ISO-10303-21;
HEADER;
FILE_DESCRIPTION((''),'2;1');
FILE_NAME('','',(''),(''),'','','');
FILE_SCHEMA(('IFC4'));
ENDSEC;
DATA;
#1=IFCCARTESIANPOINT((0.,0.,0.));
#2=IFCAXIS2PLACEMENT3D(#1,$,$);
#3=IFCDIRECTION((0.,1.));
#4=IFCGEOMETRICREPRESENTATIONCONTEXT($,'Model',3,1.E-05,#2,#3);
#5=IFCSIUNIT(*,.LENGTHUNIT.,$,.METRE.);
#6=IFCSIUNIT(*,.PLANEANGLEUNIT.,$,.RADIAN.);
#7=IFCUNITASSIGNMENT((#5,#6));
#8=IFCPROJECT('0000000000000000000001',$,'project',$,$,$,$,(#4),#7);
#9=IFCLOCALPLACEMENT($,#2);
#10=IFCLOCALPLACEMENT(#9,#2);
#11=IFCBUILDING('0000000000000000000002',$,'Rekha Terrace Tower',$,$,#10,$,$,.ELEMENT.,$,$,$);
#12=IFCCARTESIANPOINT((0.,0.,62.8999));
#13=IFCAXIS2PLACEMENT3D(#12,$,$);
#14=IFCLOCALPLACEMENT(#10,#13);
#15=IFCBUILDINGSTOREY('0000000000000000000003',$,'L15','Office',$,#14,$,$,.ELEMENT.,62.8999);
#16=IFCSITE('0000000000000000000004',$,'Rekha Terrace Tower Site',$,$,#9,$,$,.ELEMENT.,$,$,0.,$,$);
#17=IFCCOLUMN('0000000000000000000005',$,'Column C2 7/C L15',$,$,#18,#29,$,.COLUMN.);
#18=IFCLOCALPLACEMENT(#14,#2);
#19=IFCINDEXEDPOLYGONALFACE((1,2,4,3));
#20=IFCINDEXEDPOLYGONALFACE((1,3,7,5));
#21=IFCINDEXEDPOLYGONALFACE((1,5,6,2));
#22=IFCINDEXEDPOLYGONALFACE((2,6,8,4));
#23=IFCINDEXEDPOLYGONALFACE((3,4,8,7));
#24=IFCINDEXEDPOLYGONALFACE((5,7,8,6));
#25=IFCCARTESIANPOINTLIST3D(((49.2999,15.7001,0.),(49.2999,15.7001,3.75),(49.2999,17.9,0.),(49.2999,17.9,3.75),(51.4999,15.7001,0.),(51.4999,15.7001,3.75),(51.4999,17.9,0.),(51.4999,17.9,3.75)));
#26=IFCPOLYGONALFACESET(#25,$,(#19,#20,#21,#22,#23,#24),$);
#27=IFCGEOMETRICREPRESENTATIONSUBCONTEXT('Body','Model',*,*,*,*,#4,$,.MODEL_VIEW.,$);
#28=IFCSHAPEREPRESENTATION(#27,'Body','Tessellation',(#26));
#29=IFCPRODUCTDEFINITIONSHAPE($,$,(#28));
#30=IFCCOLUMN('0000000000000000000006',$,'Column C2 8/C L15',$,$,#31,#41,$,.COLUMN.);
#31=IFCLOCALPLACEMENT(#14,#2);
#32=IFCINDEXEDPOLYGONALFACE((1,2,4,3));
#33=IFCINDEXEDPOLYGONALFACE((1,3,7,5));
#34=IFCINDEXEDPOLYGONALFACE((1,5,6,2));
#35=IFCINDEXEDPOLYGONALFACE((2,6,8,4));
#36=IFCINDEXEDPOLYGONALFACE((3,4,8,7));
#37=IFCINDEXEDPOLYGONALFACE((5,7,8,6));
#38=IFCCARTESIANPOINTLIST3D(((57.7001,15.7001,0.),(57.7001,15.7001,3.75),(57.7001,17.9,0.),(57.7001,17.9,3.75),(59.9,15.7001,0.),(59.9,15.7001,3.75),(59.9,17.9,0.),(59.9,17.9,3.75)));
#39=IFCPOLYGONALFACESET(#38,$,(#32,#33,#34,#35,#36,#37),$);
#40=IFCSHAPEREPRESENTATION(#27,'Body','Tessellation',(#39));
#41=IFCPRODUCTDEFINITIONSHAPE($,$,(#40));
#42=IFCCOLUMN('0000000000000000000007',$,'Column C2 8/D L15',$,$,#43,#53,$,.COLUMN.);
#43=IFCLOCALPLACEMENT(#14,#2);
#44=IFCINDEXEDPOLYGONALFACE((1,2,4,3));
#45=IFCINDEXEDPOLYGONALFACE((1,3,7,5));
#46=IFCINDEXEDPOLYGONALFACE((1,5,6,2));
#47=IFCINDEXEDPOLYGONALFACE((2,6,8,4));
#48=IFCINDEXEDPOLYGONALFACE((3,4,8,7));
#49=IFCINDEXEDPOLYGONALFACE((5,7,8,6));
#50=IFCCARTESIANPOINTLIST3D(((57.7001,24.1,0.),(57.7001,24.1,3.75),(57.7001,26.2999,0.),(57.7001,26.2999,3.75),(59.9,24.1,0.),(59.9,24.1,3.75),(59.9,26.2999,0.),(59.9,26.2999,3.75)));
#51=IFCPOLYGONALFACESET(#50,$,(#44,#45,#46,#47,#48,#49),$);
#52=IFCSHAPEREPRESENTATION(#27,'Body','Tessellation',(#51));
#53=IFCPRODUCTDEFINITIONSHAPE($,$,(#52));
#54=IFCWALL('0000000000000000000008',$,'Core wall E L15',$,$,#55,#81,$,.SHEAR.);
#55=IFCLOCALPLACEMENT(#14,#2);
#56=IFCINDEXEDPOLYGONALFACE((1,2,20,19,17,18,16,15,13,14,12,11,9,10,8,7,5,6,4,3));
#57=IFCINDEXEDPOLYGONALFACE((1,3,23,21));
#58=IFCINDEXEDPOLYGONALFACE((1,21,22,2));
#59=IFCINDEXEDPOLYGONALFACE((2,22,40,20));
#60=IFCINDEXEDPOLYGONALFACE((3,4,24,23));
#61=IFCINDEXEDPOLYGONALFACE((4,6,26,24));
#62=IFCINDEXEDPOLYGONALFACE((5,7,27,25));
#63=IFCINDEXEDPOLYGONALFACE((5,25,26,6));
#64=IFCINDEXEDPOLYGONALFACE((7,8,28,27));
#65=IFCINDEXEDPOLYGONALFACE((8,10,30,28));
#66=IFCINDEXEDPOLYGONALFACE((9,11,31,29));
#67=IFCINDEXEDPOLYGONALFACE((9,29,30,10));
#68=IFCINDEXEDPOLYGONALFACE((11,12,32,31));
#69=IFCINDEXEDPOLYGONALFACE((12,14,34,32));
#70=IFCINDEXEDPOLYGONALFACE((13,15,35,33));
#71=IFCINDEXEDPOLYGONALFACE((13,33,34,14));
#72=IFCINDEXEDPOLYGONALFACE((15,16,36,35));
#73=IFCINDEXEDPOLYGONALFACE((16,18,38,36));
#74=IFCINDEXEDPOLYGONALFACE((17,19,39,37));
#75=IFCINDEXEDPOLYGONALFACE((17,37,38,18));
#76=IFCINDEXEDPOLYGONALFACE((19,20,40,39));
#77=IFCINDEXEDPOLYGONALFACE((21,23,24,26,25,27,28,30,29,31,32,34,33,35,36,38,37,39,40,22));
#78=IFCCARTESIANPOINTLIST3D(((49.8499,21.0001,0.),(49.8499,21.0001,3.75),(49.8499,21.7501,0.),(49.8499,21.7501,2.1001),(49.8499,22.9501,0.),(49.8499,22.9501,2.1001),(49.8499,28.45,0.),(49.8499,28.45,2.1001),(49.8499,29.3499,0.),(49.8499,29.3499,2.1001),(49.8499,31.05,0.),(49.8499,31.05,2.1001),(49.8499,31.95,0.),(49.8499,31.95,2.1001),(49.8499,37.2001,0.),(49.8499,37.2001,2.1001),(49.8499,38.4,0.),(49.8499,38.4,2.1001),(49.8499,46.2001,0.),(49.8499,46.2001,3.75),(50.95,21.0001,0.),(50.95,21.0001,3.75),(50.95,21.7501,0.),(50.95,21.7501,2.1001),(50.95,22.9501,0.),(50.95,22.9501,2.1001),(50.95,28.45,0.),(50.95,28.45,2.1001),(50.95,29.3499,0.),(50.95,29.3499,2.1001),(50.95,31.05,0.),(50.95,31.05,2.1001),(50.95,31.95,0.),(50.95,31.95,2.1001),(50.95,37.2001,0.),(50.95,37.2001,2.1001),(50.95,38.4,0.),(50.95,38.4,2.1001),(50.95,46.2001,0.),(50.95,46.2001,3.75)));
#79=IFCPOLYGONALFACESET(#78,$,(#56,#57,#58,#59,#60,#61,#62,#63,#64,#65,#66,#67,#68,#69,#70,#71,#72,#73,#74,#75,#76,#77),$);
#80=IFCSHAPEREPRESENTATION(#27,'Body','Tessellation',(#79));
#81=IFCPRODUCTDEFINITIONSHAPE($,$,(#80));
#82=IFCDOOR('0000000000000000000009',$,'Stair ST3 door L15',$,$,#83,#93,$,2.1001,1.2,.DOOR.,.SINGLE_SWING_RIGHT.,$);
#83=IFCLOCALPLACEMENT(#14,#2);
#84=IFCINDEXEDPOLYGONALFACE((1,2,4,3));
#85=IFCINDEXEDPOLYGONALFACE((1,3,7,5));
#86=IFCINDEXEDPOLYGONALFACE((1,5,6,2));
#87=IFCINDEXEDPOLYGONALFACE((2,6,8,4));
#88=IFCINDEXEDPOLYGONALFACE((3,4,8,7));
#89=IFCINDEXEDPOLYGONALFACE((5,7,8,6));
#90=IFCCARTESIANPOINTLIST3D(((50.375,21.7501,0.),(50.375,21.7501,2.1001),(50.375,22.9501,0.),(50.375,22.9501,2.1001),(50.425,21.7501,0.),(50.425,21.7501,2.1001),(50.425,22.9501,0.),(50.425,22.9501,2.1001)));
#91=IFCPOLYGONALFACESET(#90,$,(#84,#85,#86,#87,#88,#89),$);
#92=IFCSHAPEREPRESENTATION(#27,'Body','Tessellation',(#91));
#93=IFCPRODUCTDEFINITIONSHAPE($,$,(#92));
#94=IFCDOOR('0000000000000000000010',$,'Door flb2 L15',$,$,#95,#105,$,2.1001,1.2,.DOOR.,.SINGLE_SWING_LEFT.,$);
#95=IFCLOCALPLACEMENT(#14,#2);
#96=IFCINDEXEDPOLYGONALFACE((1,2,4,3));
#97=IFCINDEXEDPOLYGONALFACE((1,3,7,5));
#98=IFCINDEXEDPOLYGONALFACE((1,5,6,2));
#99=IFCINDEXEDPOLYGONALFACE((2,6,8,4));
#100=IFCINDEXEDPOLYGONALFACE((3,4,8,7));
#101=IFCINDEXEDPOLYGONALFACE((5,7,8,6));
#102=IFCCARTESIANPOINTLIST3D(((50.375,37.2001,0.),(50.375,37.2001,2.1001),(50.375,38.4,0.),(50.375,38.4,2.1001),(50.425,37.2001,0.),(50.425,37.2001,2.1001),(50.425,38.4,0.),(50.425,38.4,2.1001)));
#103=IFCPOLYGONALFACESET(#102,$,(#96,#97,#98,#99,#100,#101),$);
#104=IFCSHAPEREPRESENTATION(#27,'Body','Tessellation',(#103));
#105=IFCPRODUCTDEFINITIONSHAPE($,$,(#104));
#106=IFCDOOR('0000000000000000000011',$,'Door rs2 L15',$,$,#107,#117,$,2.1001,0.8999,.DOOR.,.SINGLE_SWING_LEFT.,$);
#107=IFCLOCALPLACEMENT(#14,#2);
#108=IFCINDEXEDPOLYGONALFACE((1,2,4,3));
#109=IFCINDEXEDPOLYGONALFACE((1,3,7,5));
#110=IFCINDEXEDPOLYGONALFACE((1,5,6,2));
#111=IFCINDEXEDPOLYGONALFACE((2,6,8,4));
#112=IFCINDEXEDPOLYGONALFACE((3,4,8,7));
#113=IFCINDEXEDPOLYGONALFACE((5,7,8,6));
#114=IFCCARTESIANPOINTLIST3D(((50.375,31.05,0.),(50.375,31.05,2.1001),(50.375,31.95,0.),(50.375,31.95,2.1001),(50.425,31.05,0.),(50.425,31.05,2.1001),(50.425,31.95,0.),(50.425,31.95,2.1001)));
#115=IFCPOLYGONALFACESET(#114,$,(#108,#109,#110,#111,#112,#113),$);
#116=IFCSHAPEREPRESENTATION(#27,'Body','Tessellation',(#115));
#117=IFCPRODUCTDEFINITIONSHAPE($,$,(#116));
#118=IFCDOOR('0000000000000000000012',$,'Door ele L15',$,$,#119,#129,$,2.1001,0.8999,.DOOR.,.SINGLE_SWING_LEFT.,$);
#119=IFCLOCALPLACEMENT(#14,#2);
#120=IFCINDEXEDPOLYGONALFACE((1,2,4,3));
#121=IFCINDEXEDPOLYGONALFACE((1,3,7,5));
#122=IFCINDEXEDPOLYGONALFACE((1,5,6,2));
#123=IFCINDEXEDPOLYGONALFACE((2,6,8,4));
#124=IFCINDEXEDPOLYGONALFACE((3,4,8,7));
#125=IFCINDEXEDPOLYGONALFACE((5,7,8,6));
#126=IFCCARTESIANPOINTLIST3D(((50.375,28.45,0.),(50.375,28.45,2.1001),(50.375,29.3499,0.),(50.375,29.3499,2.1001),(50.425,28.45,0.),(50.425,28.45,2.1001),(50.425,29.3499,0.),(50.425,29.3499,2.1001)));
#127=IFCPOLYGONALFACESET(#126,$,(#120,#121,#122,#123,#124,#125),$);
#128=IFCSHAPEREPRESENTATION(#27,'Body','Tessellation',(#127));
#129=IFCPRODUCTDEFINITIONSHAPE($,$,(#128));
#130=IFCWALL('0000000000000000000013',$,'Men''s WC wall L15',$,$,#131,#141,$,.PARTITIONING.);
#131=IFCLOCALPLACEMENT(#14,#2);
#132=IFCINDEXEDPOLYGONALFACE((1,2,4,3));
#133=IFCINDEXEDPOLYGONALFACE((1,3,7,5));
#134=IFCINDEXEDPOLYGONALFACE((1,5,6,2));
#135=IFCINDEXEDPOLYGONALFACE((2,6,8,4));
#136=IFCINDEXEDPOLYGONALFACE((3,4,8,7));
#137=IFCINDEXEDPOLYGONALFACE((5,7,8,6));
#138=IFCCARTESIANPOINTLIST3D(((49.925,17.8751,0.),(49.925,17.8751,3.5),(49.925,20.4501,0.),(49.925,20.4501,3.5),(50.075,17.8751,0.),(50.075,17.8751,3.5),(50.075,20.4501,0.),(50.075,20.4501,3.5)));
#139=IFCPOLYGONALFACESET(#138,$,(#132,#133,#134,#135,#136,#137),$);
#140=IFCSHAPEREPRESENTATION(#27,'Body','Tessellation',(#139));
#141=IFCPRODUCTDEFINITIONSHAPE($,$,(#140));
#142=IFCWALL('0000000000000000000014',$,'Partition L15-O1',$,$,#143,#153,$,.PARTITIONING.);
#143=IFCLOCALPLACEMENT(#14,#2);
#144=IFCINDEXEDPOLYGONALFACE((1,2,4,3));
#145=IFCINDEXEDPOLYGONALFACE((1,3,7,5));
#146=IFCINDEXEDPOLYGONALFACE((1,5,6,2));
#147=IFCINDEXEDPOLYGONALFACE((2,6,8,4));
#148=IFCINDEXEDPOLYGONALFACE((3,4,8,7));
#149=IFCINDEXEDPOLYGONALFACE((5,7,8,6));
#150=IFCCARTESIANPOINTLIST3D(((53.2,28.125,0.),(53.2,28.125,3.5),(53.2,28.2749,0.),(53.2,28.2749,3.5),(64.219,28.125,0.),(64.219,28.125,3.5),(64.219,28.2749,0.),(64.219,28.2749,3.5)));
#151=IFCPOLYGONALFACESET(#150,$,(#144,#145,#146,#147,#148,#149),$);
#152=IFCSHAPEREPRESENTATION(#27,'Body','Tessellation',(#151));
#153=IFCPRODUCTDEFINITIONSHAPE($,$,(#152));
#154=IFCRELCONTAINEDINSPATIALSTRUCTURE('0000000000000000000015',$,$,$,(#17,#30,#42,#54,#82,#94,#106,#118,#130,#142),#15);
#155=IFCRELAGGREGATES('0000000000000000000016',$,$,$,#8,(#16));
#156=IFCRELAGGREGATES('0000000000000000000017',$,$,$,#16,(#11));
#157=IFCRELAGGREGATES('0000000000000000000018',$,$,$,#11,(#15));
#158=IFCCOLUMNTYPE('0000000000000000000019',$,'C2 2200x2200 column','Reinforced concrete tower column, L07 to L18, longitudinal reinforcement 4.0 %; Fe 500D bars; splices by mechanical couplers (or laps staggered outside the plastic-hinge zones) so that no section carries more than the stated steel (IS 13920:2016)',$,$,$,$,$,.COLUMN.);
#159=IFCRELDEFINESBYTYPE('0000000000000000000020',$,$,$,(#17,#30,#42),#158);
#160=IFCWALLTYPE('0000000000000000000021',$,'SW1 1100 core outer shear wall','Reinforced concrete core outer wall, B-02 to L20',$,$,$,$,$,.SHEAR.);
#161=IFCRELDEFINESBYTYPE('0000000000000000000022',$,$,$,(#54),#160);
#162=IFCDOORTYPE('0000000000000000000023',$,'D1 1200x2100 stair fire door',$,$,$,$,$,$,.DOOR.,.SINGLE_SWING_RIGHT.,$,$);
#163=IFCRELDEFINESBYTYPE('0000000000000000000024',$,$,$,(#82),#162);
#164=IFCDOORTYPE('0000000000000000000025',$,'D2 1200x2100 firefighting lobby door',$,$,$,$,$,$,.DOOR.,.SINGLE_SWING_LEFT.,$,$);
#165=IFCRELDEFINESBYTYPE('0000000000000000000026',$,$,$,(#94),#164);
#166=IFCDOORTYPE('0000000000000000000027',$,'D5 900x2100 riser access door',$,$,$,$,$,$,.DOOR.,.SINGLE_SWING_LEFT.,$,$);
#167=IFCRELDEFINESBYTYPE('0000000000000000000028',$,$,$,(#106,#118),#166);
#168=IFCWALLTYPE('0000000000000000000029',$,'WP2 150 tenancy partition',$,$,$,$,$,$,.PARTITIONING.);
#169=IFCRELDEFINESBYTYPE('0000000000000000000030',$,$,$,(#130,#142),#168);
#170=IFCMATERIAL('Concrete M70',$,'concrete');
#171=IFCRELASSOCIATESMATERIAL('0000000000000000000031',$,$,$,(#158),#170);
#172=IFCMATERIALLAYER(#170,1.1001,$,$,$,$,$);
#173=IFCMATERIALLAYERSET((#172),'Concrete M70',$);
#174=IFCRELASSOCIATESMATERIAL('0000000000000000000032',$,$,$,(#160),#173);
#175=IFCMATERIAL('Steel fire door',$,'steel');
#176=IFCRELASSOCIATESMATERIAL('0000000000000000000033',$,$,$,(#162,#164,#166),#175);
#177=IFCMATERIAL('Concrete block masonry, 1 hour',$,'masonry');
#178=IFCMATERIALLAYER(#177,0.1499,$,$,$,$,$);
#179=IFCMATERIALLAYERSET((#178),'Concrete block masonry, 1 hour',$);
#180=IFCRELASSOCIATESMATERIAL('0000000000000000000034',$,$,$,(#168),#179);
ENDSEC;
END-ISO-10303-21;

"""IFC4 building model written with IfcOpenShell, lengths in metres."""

from ifc_helpers import new_model, si_unit, direction, frame, frame_2d, origin, origin_2d, place, context, subcontext, project, spatial, rectangle, extrude, material, layer, layer_set, material_profile, profile_set, type_object, element, fill, save


model = new_model("IFC4")

# Units and contexts
model_context = context("Model", 3, precision=1e-05, world=origin(), true_north=direction((0.0, 1.0)))
body_context = subcontext(model_context, "Body", "Model", "MODEL_VIEW")
ifc_project = project(units=[si_unit("LENGTHUNIT", "METRE"), si_unit("PLANEANGLEUNIT", "RADIAN")], contexts=[model_context])

# Site, building, storey
site_placement = place(None, origin())
site = spatial("IfcSite", under=ifc_project, at=site_placement, Name="Rekha Terrace Tower Site", CompositionType="ELEMENT", RefElevation=0.0)
building_placement = place(site_placement, origin())
building = spatial("IfcBuilding", under=site, at=building_placement, Name="Rekha Terrace Tower", CompositionType="ELEMENT")
storey_placement = place(building_placement, frame((0.0, 0.0, 62.8999)))
storey = spatial("IfcBuildingStorey", under=building, at=storey_placement, Name="L15", Description="Office", CompositionType="ELEMENT", Elevation=62.8999)

# Columns
ifc_material_1 = material(Name="Concrete M70", Category="concrete")
ifc_material_profile = material_profile(ifc_material_1, rectangle(XDim=2.2, YDim=2.2, at=origin_2d()), Name="RC 2200x2200")
ifc_profile_set = profile_set([ifc_material_profile], Name="Concrete M70")
column_type = type_object("IfcColumnType", Name="C2 2200x2200 column", Description="Reinforced concrete tower column, L07 to L18, longitudinal reinforcement 4.0 %; Fe 500D bars; splices by mechanical couplers (or laps staggered outside the plastic-hinge zones) so that no section carries more than the stated steel (IS 13920:2016)", PredefinedType="COLUMN", material=ifc_profile_set)
for number, where, z_axis, x_axis, name in (
    (1, (50.3999, 16.8, 0.0), (0.0, 0.0, 1.0), (1.0, 0.0, 0.0), "Column C2 7/C L15"),
    (2, (58.8, 16.8, 0.0), (0.0, 0.0, 1.0), (1.0, 0.0, 0.0), "Column C2 8/C L15"),
    (3, (58.8, 25.2, 0.0), (0.0, 0.0, 1.0), (1.0, 0.0, 0.0), "Column C2 8/D L15"),
):
    element("IfcColumn", number, at=place(storey_placement, frame(where, z_axis=z_axis, x_axis=x_axis)), inside=storey, type_object=column_type, Name=name, PredefinedType="COLUMN", context=body_context, shape_type="SweptSolid", body=[
        extrude(rectangle(XDim=2.2, YDim=2.2, at=origin_2d()), origin(), (0.0, 0.0, 1.0), 3.75),
    ])

# Wall, openings, doors
ifc_layer_1 = layer(ifc_material_1, 1.1001)
ifc_layer_set_1 = layer_set([ifc_layer_1], Name="Concrete M70")
wall_type_1 = type_object("IfcWallType", Name="SW1 1100 core outer shear wall", Description="Reinforced concrete core outer wall, B-02 to L20", PredefinedType="SHEAR", material=ifc_layer_set_1)
wall_1_placement = place(storey_placement, frame((50.3999, 21.0, 0.0), z_axis=(0.0, 0.0, 1.0), x_axis=(0.0, 1.0, 0.0)))
wall_1 = element("IfcWall", 4, at=wall_1_placement, inside=storey, type_object=wall_type_1, Name="Core wall E L15", PredefinedType="SHEAR", context=body_context, shape_type="SweptSolid", body=[
    extrude(rectangle(XDim=25.2, YDim=1.1001, at=frame_2d((12.6001, 0.0))), origin(), (0.0, 0.0, 1.0), 3.75),
])
opening_1_placement = place(wall_1_placement, frame((16.2, 0.0, 0.0)))
opening_1 = element("IfcOpeningElement", 5, at=opening_1_placement, cuts=wall_1, PredefinedType="OPENING", context=body_context, shape_type="SweptSolid", body=[
    extrude(rectangle(XDim=1.2, YDim=2.1001, at=frame_2d((0.6001, 1.05))), frame((0.0, 0.5601, 0.0), z_axis=(0.0, -1.0, 0.0), x_axis=(1.0, 0.0, 0.0)), (0.0, 0.0, 1.0), 1.1201),
])
opening_2_placement = place(wall_1_placement, frame((10.05, 0.0, 0.0)))
opening_2 = element("IfcOpeningElement", 6, at=opening_2_placement, cuts=wall_1, PredefinedType="OPENING", context=body_context, shape_type="SweptSolid", body=[
    extrude(rectangle(XDim=0.8999, YDim=2.1001, at=frame_2d((0.45, 1.05))), frame((0.0, 0.5601, 0.0), z_axis=(0.0, -1.0, 0.0), x_axis=(1.0, 0.0, 0.0)), (0.0, 0.0, 1.0), 1.1201),
])
opening_3_placement = place(wall_1_placement, frame((7.45, 0.0, 0.0)))
opening_3 = element("IfcOpeningElement", 7, at=opening_3_placement, cuts=wall_1, PredefinedType="OPENING", context=body_context, shape_type="SweptSolid", body=[
    extrude(rectangle(XDim=0.8999, YDim=2.1001, at=frame_2d((0.45, 1.05))), frame((0.0, 0.5601, 0.0), z_axis=(0.0, -1.0, 0.0), x_axis=(1.0, 0.0, 0.0)), (0.0, 0.0, 1.0), 1.1201),
])
opening_4_placement = place(wall_1_placement, frame((0.75, 0.0, 0.0)))
opening_4 = element("IfcOpeningElement", 8, at=opening_4_placement, cuts=wall_1, PredefinedType="OPENING", context=body_context, shape_type="SweptSolid", body=[
    extrude(rectangle(XDim=1.2, YDim=2.1001, at=frame_2d((0.6001, 1.05))), frame((0.0, 0.5601, 0.0), z_axis=(0.0, -1.0, 0.0), x_axis=(1.0, 0.0, 0.0)), (0.0, 0.0, 1.0), 1.1201),
])
ifc_material_2 = material(Name="Steel fire door", Category="steel")
door_type_1 = type_object("IfcDoorType", Name="D1 1200x2100 stair fire door", OperationType="SINGLE_SWING_RIGHT", PredefinedType="DOOR", material=ifc_material_2)
door_1_placement = place(opening_4_placement, origin())
door_1 = element("IfcDoor", 9, at=door_1_placement, inside=storey, type_object=door_type_1, Name="Stair ST3 door L15", OperationType="SINGLE_SWING_RIGHT", OverallHeight=2.1001, OverallWidth=1.2, PredefinedType="DOOR", context=body_context, shape_type="SweptSolid", body=[
    extrude(rectangle(XDim=1.2, YDim=2.1001, at=frame_2d((0.6001, 1.05))), frame((0.0, 0.0249, 0.0), z_axis=(0.0, -1.0, 0.0), x_axis=(1.0, 0.0, 0.0)), (0.0, 0.0, 1.0), 0.05),
])
fill(opening_4, door_1)
door_type_2 = type_object("IfcDoorType", Name="D2 1200x2100 firefighting lobby door", OperationType="SINGLE_SWING_LEFT", PredefinedType="DOOR", material=ifc_material_2)
door_2_placement = place(opening_1_placement, origin())
door_2 = element("IfcDoor", 10, at=door_2_placement, inside=storey, type_object=door_type_2, Name="Door flb2 L15", OperationType="SINGLE_SWING_LEFT", OverallHeight=2.1001, OverallWidth=1.2, PredefinedType="DOOR", context=body_context, shape_type="SweptSolid", body=[
    extrude(rectangle(XDim=1.2, YDim=2.1001, at=frame_2d((0.6001, 1.05))), frame((0.0, 0.0249, 0.0), z_axis=(0.0, -1.0, 0.0), x_axis=(1.0, 0.0, 0.0)), (0.0, 0.0, 1.0), 0.05),
])
fill(opening_1, door_2)
door_type_3 = type_object("IfcDoorType", Name="D5 900x2100 riser access door", OperationType="SINGLE_SWING_LEFT", PredefinedType="DOOR", material=ifc_material_2)
door_3_placement = place(opening_2_placement, origin())
door_3 = element("IfcDoor", 11, at=door_3_placement, inside=storey, type_object=door_type_3, Name="Door rs2 L15", OperationType="SINGLE_SWING_LEFT", OverallHeight=2.1001, OverallWidth=0.8999, PredefinedType="DOOR", context=body_context, shape_type="SweptSolid", body=[
    extrude(rectangle(XDim=0.8999, YDim=2.1001, at=frame_2d((0.45, 1.05))), frame((0.0, 0.0249, 0.0), z_axis=(0.0, -1.0, 0.0), x_axis=(1.0, 0.0, 0.0)), (0.0, 0.0, 1.0), 0.05),
])
fill(opening_2, door_3)
door_4_placement = place(opening_3_placement, origin())
door_4 = element("IfcDoor", 12, at=door_4_placement, inside=storey, type_object=door_type_3, Name="Door ele L15", OperationType="SINGLE_SWING_LEFT", OverallHeight=2.1001, OverallWidth=0.8999, PredefinedType="DOOR", context=body_context, shape_type="SweptSolid", body=[
    extrude(rectangle(XDim=0.8999, YDim=2.1001, at=frame_2d((0.45, 1.05))), frame((0.0, 0.0249, 0.0), z_axis=(0.0, -1.0, 0.0), x_axis=(1.0, 0.0, 0.0)), (0.0, 0.0, 1.0), 0.05),
])
fill(opening_3, door_4)

# Walls
ifc_material_3 = material(Name="Concrete block masonry, 1 hour", Category="masonry")
ifc_layer_2 = layer(ifc_material_3, 0.1499)
ifc_layer_set_2 = layer_set([ifc_layer_2], Name="Concrete block masonry, 1 hour")
wall_type_2 = type_object("IfcWallType", Name="WP2 150 tenancy partition", PredefinedType="PARTITIONING", material=ifc_layer_set_2)
wall_2_placement = place(storey_placement, frame((50.0, 17.875, 0.0), z_axis=(0.0, 0.0, 1.0), x_axis=(0.0, 1.0, 0.0)))
element("IfcWall", 13, at=wall_2_placement, inside=storey, type_object=wall_type_2, Name="Men's WC wall L15", PredefinedType="PARTITIONING", context=body_context, shape_type="SweptSolid", body=[
    extrude(rectangle(XDim=2.575, YDim=0.1499, at=frame_2d((1.2876, 0.0))), origin(), (0.0, 0.0, 1.0), 3.5),
])
wall_3_placement = place(storey_placement, frame((53.2, 28.2, 0.0), z_axis=(0.0, 0.0, 1.0), x_axis=(1.0, 0.0, 0.0)))
element("IfcWall", 14, at=wall_3_placement, inside=storey, type_object=wall_type_2, Name="Partition L15-O1", PredefinedType="PARTITIONING", context=body_context, shape_type="SweptSolid", body=[
    extrude(rectangle(XDim=11.019, YDim=0.1499, at=frame_2d((5.5095, 0.0))), origin(), (0.0, 0.0, 1.0), 3.5),
])

save(model, "model.ifc")
